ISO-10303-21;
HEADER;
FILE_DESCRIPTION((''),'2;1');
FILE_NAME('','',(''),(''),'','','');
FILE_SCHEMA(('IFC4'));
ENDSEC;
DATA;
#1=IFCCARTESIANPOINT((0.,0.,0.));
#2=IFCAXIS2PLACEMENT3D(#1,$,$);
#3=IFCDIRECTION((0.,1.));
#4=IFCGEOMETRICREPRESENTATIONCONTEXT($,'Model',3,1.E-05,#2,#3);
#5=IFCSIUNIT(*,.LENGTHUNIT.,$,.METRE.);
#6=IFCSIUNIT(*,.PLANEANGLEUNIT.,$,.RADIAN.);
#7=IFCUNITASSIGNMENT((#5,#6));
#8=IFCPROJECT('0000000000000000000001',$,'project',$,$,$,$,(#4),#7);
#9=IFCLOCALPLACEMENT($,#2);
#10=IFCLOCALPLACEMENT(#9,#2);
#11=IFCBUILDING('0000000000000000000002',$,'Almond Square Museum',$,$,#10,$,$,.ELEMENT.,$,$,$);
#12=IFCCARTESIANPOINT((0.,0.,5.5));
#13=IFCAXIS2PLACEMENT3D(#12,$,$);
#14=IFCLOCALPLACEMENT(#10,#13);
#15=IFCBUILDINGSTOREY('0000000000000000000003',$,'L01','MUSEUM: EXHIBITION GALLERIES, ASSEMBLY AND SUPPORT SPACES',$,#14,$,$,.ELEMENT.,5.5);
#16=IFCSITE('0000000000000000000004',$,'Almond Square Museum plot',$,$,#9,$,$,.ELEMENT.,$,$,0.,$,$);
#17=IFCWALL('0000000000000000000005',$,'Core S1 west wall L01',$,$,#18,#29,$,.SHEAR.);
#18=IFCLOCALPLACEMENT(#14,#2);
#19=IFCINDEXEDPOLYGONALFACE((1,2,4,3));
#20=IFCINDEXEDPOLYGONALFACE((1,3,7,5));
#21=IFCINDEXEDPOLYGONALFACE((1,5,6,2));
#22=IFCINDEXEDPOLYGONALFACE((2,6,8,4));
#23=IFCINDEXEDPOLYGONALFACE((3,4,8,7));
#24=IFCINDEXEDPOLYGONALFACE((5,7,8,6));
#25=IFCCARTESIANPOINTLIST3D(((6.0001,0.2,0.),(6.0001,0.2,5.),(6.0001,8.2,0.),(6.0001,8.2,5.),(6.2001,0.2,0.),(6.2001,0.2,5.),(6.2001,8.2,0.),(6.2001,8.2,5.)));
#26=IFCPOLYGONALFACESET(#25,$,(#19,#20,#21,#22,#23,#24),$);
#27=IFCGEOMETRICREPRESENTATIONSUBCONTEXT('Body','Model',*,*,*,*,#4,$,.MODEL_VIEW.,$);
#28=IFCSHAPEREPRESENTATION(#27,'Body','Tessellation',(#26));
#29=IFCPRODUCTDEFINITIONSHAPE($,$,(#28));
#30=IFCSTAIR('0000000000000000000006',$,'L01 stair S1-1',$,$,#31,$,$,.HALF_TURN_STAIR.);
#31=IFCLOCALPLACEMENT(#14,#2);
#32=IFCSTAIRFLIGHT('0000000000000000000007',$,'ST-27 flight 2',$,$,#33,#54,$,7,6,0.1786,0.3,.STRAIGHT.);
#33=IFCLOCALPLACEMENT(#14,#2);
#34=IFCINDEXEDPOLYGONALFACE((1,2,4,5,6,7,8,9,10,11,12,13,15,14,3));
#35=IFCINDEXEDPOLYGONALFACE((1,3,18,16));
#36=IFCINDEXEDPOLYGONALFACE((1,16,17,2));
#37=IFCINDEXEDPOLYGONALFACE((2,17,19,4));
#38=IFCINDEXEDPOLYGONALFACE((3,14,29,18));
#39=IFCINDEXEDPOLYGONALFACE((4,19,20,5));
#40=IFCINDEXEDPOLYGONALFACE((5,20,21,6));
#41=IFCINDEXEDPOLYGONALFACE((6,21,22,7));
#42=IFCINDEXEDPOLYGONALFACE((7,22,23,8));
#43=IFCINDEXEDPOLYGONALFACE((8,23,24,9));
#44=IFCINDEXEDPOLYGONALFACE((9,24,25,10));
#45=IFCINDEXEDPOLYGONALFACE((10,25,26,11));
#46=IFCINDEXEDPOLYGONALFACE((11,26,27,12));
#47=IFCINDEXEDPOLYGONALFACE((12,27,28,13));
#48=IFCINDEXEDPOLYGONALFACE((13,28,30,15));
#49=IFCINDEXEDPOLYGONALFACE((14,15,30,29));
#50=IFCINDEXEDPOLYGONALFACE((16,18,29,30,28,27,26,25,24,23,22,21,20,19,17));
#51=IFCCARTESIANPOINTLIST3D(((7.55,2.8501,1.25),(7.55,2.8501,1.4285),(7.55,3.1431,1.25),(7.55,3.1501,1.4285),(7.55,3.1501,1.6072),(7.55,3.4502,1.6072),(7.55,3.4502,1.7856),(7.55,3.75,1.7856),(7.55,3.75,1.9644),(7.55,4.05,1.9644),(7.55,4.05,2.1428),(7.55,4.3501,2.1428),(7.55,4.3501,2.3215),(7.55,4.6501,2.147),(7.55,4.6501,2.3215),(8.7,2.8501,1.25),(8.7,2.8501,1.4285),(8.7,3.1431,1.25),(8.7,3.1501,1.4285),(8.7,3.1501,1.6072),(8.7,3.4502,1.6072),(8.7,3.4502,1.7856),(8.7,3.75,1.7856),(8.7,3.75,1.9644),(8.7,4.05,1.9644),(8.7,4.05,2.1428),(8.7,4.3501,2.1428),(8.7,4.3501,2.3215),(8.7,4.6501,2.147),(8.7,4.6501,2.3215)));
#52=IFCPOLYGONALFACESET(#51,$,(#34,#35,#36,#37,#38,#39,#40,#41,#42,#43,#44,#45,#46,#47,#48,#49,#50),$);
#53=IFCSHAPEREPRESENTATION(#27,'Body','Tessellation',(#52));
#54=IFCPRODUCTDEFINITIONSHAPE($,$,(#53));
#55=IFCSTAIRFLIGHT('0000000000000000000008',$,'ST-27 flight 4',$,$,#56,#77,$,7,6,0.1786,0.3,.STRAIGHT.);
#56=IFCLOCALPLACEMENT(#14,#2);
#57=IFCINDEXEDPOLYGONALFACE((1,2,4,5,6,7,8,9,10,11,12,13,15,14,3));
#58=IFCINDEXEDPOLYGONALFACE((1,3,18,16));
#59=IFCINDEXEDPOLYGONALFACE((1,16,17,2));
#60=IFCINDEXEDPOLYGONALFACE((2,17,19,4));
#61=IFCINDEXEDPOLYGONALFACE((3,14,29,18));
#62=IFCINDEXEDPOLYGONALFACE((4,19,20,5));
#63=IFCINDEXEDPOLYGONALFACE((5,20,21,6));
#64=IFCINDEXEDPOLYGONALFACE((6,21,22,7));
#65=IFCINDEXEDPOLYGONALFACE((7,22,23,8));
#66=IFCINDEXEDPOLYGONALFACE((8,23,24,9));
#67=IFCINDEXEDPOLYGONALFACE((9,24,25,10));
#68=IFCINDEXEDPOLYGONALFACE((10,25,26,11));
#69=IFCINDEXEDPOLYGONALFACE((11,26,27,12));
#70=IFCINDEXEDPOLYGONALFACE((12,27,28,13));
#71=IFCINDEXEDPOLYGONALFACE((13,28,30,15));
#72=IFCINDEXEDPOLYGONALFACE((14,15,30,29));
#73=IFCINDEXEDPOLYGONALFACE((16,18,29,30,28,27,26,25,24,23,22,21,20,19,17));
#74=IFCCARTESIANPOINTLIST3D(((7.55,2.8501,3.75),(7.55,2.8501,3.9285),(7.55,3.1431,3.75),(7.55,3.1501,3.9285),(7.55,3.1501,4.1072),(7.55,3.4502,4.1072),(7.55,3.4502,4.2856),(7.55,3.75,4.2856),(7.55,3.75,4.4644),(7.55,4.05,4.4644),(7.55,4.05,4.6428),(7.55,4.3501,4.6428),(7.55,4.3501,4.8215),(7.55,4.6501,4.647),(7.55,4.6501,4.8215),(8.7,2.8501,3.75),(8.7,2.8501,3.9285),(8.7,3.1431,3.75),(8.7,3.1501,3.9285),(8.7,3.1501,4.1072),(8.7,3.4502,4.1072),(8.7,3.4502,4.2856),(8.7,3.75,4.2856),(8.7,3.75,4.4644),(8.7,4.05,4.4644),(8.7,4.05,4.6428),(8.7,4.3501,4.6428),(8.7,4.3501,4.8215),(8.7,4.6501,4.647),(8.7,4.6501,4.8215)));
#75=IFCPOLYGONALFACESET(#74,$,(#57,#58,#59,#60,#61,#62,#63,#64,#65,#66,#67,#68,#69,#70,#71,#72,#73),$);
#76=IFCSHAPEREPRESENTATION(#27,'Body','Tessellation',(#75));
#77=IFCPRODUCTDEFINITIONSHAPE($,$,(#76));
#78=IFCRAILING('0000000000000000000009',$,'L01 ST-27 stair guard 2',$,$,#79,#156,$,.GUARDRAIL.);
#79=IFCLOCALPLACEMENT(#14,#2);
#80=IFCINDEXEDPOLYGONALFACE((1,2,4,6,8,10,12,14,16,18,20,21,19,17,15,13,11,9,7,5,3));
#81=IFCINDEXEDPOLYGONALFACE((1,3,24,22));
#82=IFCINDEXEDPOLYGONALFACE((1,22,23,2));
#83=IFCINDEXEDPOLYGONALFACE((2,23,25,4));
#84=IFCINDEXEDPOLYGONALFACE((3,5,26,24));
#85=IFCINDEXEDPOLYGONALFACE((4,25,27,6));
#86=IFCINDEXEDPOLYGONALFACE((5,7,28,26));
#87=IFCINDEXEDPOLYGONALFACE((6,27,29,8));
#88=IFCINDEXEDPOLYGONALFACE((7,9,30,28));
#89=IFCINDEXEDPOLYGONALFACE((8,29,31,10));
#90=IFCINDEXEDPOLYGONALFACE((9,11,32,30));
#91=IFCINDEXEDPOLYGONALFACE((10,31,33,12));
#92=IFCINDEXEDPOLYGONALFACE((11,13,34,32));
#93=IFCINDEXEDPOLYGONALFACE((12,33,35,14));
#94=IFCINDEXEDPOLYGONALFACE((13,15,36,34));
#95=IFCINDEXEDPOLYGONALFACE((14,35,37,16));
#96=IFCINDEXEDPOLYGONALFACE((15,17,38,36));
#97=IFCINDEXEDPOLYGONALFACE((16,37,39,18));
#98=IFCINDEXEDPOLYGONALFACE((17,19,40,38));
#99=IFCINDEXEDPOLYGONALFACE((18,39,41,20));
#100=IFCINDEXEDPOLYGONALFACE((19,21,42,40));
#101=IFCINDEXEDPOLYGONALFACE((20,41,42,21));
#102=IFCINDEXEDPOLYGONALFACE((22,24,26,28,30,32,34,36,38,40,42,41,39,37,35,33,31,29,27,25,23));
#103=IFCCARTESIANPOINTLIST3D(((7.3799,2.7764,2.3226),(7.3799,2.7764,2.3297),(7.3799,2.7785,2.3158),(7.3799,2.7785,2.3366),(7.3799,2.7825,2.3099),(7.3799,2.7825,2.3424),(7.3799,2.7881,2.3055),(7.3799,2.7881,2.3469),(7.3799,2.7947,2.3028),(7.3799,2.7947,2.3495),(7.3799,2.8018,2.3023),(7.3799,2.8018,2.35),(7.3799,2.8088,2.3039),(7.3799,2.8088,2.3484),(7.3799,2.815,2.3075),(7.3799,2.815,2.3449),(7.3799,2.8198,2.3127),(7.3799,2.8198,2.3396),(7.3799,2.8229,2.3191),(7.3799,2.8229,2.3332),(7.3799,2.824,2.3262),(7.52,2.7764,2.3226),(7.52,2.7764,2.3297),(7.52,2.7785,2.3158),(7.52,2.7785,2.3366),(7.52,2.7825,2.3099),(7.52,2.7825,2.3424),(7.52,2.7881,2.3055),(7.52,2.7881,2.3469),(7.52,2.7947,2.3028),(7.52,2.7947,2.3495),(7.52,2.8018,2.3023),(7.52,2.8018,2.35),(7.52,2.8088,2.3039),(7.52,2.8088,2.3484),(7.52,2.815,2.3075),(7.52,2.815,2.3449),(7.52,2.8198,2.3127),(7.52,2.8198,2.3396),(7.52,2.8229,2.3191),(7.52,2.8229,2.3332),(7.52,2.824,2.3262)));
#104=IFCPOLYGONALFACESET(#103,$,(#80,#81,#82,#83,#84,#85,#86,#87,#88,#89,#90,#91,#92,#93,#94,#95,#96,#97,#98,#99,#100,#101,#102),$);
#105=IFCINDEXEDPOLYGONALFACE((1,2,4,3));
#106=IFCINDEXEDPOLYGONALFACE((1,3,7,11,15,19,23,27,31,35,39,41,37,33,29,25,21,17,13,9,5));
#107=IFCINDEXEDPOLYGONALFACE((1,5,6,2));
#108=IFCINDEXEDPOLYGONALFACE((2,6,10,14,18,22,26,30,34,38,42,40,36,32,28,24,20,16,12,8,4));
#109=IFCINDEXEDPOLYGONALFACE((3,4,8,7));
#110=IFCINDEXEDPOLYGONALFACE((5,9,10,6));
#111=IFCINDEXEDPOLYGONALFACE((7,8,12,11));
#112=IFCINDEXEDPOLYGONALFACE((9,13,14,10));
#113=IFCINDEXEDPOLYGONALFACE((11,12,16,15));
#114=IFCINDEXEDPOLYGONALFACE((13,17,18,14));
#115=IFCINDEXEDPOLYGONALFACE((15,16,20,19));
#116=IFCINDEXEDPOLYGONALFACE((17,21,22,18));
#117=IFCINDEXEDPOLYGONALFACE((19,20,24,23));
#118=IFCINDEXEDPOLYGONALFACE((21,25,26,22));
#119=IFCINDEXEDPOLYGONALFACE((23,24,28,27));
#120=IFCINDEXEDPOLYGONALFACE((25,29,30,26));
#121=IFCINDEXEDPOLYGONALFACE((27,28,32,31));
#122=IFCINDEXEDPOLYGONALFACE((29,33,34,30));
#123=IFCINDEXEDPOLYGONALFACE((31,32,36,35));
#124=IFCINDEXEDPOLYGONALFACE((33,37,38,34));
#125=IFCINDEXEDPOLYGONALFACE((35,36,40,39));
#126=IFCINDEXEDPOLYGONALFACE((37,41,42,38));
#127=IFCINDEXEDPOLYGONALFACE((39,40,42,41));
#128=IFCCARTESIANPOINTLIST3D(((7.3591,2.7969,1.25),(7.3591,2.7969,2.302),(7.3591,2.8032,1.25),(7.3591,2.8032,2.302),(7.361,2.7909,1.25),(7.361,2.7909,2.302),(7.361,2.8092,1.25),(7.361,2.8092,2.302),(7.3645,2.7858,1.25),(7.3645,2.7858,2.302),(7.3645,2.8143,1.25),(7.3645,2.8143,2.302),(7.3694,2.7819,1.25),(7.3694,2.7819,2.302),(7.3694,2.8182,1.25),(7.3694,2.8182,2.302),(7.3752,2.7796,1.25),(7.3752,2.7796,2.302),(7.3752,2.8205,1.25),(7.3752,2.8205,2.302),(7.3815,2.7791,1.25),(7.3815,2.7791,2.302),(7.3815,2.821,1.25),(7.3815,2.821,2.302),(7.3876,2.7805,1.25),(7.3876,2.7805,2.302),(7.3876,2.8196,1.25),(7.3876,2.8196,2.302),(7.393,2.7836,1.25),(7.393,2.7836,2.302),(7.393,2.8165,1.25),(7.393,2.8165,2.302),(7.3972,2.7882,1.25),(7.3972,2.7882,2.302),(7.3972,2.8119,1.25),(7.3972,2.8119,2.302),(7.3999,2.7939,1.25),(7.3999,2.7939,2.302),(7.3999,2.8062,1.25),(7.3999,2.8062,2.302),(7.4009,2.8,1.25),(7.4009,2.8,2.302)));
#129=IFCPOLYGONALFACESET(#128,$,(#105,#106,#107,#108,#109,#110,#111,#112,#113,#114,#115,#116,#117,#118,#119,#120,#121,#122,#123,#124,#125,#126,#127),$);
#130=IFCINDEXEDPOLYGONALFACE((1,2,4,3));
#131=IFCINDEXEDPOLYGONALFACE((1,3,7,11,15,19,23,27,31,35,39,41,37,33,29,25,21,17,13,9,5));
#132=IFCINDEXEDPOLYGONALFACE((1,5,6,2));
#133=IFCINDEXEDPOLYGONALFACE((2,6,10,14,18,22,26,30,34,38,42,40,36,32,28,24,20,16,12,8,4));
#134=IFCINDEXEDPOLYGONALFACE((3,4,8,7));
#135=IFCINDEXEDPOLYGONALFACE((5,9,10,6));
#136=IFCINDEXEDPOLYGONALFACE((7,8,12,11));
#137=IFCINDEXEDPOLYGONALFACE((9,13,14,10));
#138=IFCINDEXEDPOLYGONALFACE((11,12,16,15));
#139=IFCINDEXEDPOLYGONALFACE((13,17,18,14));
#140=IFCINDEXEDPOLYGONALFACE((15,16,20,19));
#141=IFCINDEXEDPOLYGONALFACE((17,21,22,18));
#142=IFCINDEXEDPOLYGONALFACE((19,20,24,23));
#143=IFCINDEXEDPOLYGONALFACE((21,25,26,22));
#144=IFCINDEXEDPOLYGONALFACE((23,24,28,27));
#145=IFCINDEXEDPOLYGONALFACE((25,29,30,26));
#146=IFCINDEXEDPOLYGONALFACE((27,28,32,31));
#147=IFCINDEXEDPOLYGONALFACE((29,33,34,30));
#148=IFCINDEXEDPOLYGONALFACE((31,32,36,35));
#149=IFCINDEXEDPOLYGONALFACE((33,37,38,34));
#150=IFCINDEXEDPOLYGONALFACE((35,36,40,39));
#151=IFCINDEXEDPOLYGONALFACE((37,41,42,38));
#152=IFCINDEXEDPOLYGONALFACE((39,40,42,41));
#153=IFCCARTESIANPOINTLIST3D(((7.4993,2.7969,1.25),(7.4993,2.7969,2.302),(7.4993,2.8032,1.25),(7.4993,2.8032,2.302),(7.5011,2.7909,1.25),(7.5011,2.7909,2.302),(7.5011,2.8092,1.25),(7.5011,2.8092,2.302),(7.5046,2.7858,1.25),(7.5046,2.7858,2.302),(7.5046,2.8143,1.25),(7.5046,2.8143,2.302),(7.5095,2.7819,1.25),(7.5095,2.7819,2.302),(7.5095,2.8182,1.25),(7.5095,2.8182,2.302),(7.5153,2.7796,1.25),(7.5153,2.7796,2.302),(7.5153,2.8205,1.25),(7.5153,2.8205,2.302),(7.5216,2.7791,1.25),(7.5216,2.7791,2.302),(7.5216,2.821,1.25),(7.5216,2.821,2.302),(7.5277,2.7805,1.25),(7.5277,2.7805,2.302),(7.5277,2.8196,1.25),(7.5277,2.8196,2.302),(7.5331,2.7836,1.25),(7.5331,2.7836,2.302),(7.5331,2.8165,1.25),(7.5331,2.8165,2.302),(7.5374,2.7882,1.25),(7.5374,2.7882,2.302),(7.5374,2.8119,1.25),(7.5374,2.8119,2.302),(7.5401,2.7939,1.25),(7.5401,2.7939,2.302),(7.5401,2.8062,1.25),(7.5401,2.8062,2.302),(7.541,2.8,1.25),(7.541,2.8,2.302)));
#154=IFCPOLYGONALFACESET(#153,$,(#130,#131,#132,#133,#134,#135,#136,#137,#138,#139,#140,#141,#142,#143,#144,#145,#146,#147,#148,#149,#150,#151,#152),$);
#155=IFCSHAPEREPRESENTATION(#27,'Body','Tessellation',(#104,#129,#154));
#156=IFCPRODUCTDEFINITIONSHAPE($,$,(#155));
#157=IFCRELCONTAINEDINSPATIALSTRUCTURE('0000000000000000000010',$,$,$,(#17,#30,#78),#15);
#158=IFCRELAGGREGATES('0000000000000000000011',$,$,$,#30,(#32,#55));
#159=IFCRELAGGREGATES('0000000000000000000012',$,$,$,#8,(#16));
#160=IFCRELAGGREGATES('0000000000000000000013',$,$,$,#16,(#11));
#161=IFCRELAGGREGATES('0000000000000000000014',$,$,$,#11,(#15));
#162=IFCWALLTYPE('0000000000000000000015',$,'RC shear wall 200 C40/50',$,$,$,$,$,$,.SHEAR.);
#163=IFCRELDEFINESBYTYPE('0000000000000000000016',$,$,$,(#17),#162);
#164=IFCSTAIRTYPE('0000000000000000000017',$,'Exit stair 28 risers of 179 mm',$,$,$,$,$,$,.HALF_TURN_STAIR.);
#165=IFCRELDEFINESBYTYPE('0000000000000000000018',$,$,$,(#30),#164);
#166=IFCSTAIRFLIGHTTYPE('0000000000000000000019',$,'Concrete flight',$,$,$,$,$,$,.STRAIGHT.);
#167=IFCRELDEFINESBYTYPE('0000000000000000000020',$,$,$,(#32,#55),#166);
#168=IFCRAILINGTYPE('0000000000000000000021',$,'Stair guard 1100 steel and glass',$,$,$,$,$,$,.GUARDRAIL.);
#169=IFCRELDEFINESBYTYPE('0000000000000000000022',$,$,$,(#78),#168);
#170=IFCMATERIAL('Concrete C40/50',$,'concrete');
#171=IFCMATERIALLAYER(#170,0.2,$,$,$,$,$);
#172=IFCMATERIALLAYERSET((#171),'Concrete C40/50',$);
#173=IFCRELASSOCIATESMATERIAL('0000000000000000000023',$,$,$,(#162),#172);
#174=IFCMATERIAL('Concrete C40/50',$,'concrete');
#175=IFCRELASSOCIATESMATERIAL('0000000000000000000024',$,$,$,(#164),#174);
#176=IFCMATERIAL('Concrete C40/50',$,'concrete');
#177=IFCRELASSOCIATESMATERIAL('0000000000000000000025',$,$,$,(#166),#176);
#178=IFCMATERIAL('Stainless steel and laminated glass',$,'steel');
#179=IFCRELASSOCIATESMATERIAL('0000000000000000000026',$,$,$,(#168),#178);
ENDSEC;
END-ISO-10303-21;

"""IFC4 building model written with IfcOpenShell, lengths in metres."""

from ifc_helpers import new_model, si_unit, direction, frame, frame_2d, origin, origin_2d, place, context, subcontext, project, spatial, polyline, rectangle, circle, outline, extrude, material, layer, layer_set, type_object, element, aggregate, save


model = new_model("IFC4")

# Units and contexts
model_context = context("Model", 3, precision=1e-05, world=origin(), true_north=direction((0.0, 1.0)))
body_context = subcontext(model_context, "Body", "Model", "MODEL_VIEW")
ifc_project = project(units=[si_unit("LENGTHUNIT", "METRE"), si_unit("PLANEANGLEUNIT", "RADIAN")], contexts=[model_context])

# Site, building, storey
site_placement = place(None, origin())
site = spatial("IfcSite", under=ifc_project, at=site_placement, Name="Almond Square Museum plot", CompositionType="ELEMENT", RefElevation=0.0)
building_placement = place(site_placement, origin())
building = spatial("IfcBuilding", under=site, at=building_placement, Name="Almond Square Museum", CompositionType="ELEMENT")
storey_placement = place(building_placement, frame((0.0, 0.0, 5.5)))
storey = spatial("IfcBuildingStorey", under=building, at=storey_placement, Name="L01", Description="MUSEUM: EXHIBITION GALLERIES, ASSEMBLY AND SUPPORT SPACES", CompositionType="ELEMENT", Elevation=5.5)

# Wall
ifc_material_1 = material(Name="Concrete C40/50", Category="concrete")
ifc_layer_1 = layer(ifc_material_1, 0.2)
ifc_layer_set_1 = layer_set([ifc_layer_1], Name="Concrete C40/50")
wall_type = type_object("IfcWallType", Name="RC shear wall 200 C40/50", PredefinedType="SHEAR", material=ifc_layer_set_1)
wall_1_placement = place(storey_placement, frame((6.1001, 0.2, 0.0), z_axis=(0.0, 0.0, 1.0), x_axis=(0.0, 1.0, 0.0)))
element("IfcWall", 1, at=wall_1_placement, inside=storey, type_object=wall_type, Name="Core S1 west wall L01", PredefinedType="SHEAR", context=body_context, shape_type="SweptSolid", body=[
    extrude(rectangle(XDim=8.0, YDim=0.2, at=frame_2d((4.0, 0.0))), origin(), (0.0, 0.0, 1.0), 5.0),
])

# Stair, stair flights
ifc_material_2 = material(Name="Concrete C40/50", Category="concrete")
stair_type_1 = type_object("IfcStairType", Name="Exit stair 28 risers of 179 mm", PredefinedType="HALF_TURN_STAIR", material=ifc_material_2)
stair_1_placement = place(storey_placement, origin())
stair_1 = element("IfcStair", 2, at=stair_1_placement, inside=storey, type_object=stair_type_1, Name="L01 stair S1-1", PredefinedType="HALF_TURN_STAIR")
ifc_material_3 = material(Name="Concrete C40/50", Category="concrete")
stair_flight_type = type_object("IfcStairFlightType", Name="Concrete flight", PredefinedType="STRAIGHT", material=ifc_material_3)
stair_flight_1_placement = place(storey_placement, frame((8.125, 2.8501, 1.25), z_axis=(0.0, 0.0, 1.0), x_axis=(0.0, 1.0, 0.0)))
stair_flight_1 = element("IfcStairFlight", 3, at=stair_flight_1_placement, type_object=stair_flight_type, Name="ST-27 flight 2", NumberOfRisers=7, NumberOfTreads=6, PredefinedType="STRAIGHT", RiserHeight=0.1786, TreadLength=0.3, context=body_context, shape_type="SweptSolid", body=[
    extrude(outline(polyline([(0.0, 0.0), (0.0, 0.1785), (0.3, 0.1785), (0.3, 0.3572), (0.6001, 0.3572), (0.6001, 0.5356), (0.8999, 0.5356), (0.8999, 0.7144), (1.2, 0.7144), (1.2, 0.8928), (1.5, 0.8928), (1.5, 1.0715), (1.8, 1.0715), (1.8, 1.25), (1.8, 0.897), (0.293, 0.0), (0.0, 0.0)])), frame((0.0, 0.575, 0.0), z_axis=(0.0, -1.0, 0.0), x_axis=(1.0, 0.0, 0.0)), (0.0, 0.0, 1.0), 1.1499),
])
stair_flight_2_placement = place(storey_placement, frame((8.125, 2.8501, 3.75), z_axis=(0.0, 0.0, 1.0), x_axis=(0.0, 1.0, 0.0)))
stair_flight_2 = element("IfcStairFlight", 4, at=stair_flight_2_placement, type_object=stair_flight_type, Name="ST-27 flight 4", NumberOfRisers=7, NumberOfTreads=6, PredefinedType="STRAIGHT", RiserHeight=0.1786, TreadLength=0.3, context=body_context, shape_type="SweptSolid", body=[
    extrude(outline(polyline([(0.0, 0.0), (0.0, 0.1785), (0.3, 0.1785), (0.3, 0.3572), (0.6001, 0.3572), (0.6001, 0.5356), (0.8999, 0.5356), (0.8999, 0.7144), (1.2, 0.7144), (1.2, 0.8928), (1.5, 0.8928), (1.5, 1.0715), (1.8, 1.0715), (1.8, 1.25), (1.8, 0.897), (0.293, 0.0), (0.0, 0.0)])), frame((0.0, 0.575, 0.0), z_axis=(0.0, -1.0, 0.0), x_axis=(1.0, 0.0, 0.0)), (0.0, 0.0, 1.0), 1.1499),
])
aggregate(stair_1, [stair_flight_1, stair_flight_2])

# Railing
ifc_material_4 = material(Name="Stainless steel and laminated glass", Category="steel")
railing_type = type_object("IfcRailingType", Name="Stair guard 1100 steel and glass", PredefinedType="GUARDRAIL", material=ifc_material_4)
railing_1_placement = place(storey_placement, frame((7.3799, 2.8, 1.25)))
element("IfcRailing", 5, at=railing_1_placement, inside=storey, type_object=railing_type, Name="L01 ST-27 stair guard 2", PredefinedType="GUARDRAIL", context=body_context, shape_type="SweptSolid", body=[
    extrude(circle(Radius=0.0239, at=origin_2d()), frame((0.0, 0.0, 1.0762), z_axis=(1.0, 0.0, 0.0), x_axis=(0.0, 1.0, 0.0)), (0.0, 0.0, 1.0), 0.1401),
    extrude(circle(Radius=0.021, at=origin_2d()), origin(), (0.0, 0.0, 1.0), 1.052),
    extrude(circle(Radius=0.021, at=origin_2d()), frame((0.1401, 0.0, 0.0)), (0.0, 0.0, 1.0), 1.052),
])

save(model, "model.ifc")
